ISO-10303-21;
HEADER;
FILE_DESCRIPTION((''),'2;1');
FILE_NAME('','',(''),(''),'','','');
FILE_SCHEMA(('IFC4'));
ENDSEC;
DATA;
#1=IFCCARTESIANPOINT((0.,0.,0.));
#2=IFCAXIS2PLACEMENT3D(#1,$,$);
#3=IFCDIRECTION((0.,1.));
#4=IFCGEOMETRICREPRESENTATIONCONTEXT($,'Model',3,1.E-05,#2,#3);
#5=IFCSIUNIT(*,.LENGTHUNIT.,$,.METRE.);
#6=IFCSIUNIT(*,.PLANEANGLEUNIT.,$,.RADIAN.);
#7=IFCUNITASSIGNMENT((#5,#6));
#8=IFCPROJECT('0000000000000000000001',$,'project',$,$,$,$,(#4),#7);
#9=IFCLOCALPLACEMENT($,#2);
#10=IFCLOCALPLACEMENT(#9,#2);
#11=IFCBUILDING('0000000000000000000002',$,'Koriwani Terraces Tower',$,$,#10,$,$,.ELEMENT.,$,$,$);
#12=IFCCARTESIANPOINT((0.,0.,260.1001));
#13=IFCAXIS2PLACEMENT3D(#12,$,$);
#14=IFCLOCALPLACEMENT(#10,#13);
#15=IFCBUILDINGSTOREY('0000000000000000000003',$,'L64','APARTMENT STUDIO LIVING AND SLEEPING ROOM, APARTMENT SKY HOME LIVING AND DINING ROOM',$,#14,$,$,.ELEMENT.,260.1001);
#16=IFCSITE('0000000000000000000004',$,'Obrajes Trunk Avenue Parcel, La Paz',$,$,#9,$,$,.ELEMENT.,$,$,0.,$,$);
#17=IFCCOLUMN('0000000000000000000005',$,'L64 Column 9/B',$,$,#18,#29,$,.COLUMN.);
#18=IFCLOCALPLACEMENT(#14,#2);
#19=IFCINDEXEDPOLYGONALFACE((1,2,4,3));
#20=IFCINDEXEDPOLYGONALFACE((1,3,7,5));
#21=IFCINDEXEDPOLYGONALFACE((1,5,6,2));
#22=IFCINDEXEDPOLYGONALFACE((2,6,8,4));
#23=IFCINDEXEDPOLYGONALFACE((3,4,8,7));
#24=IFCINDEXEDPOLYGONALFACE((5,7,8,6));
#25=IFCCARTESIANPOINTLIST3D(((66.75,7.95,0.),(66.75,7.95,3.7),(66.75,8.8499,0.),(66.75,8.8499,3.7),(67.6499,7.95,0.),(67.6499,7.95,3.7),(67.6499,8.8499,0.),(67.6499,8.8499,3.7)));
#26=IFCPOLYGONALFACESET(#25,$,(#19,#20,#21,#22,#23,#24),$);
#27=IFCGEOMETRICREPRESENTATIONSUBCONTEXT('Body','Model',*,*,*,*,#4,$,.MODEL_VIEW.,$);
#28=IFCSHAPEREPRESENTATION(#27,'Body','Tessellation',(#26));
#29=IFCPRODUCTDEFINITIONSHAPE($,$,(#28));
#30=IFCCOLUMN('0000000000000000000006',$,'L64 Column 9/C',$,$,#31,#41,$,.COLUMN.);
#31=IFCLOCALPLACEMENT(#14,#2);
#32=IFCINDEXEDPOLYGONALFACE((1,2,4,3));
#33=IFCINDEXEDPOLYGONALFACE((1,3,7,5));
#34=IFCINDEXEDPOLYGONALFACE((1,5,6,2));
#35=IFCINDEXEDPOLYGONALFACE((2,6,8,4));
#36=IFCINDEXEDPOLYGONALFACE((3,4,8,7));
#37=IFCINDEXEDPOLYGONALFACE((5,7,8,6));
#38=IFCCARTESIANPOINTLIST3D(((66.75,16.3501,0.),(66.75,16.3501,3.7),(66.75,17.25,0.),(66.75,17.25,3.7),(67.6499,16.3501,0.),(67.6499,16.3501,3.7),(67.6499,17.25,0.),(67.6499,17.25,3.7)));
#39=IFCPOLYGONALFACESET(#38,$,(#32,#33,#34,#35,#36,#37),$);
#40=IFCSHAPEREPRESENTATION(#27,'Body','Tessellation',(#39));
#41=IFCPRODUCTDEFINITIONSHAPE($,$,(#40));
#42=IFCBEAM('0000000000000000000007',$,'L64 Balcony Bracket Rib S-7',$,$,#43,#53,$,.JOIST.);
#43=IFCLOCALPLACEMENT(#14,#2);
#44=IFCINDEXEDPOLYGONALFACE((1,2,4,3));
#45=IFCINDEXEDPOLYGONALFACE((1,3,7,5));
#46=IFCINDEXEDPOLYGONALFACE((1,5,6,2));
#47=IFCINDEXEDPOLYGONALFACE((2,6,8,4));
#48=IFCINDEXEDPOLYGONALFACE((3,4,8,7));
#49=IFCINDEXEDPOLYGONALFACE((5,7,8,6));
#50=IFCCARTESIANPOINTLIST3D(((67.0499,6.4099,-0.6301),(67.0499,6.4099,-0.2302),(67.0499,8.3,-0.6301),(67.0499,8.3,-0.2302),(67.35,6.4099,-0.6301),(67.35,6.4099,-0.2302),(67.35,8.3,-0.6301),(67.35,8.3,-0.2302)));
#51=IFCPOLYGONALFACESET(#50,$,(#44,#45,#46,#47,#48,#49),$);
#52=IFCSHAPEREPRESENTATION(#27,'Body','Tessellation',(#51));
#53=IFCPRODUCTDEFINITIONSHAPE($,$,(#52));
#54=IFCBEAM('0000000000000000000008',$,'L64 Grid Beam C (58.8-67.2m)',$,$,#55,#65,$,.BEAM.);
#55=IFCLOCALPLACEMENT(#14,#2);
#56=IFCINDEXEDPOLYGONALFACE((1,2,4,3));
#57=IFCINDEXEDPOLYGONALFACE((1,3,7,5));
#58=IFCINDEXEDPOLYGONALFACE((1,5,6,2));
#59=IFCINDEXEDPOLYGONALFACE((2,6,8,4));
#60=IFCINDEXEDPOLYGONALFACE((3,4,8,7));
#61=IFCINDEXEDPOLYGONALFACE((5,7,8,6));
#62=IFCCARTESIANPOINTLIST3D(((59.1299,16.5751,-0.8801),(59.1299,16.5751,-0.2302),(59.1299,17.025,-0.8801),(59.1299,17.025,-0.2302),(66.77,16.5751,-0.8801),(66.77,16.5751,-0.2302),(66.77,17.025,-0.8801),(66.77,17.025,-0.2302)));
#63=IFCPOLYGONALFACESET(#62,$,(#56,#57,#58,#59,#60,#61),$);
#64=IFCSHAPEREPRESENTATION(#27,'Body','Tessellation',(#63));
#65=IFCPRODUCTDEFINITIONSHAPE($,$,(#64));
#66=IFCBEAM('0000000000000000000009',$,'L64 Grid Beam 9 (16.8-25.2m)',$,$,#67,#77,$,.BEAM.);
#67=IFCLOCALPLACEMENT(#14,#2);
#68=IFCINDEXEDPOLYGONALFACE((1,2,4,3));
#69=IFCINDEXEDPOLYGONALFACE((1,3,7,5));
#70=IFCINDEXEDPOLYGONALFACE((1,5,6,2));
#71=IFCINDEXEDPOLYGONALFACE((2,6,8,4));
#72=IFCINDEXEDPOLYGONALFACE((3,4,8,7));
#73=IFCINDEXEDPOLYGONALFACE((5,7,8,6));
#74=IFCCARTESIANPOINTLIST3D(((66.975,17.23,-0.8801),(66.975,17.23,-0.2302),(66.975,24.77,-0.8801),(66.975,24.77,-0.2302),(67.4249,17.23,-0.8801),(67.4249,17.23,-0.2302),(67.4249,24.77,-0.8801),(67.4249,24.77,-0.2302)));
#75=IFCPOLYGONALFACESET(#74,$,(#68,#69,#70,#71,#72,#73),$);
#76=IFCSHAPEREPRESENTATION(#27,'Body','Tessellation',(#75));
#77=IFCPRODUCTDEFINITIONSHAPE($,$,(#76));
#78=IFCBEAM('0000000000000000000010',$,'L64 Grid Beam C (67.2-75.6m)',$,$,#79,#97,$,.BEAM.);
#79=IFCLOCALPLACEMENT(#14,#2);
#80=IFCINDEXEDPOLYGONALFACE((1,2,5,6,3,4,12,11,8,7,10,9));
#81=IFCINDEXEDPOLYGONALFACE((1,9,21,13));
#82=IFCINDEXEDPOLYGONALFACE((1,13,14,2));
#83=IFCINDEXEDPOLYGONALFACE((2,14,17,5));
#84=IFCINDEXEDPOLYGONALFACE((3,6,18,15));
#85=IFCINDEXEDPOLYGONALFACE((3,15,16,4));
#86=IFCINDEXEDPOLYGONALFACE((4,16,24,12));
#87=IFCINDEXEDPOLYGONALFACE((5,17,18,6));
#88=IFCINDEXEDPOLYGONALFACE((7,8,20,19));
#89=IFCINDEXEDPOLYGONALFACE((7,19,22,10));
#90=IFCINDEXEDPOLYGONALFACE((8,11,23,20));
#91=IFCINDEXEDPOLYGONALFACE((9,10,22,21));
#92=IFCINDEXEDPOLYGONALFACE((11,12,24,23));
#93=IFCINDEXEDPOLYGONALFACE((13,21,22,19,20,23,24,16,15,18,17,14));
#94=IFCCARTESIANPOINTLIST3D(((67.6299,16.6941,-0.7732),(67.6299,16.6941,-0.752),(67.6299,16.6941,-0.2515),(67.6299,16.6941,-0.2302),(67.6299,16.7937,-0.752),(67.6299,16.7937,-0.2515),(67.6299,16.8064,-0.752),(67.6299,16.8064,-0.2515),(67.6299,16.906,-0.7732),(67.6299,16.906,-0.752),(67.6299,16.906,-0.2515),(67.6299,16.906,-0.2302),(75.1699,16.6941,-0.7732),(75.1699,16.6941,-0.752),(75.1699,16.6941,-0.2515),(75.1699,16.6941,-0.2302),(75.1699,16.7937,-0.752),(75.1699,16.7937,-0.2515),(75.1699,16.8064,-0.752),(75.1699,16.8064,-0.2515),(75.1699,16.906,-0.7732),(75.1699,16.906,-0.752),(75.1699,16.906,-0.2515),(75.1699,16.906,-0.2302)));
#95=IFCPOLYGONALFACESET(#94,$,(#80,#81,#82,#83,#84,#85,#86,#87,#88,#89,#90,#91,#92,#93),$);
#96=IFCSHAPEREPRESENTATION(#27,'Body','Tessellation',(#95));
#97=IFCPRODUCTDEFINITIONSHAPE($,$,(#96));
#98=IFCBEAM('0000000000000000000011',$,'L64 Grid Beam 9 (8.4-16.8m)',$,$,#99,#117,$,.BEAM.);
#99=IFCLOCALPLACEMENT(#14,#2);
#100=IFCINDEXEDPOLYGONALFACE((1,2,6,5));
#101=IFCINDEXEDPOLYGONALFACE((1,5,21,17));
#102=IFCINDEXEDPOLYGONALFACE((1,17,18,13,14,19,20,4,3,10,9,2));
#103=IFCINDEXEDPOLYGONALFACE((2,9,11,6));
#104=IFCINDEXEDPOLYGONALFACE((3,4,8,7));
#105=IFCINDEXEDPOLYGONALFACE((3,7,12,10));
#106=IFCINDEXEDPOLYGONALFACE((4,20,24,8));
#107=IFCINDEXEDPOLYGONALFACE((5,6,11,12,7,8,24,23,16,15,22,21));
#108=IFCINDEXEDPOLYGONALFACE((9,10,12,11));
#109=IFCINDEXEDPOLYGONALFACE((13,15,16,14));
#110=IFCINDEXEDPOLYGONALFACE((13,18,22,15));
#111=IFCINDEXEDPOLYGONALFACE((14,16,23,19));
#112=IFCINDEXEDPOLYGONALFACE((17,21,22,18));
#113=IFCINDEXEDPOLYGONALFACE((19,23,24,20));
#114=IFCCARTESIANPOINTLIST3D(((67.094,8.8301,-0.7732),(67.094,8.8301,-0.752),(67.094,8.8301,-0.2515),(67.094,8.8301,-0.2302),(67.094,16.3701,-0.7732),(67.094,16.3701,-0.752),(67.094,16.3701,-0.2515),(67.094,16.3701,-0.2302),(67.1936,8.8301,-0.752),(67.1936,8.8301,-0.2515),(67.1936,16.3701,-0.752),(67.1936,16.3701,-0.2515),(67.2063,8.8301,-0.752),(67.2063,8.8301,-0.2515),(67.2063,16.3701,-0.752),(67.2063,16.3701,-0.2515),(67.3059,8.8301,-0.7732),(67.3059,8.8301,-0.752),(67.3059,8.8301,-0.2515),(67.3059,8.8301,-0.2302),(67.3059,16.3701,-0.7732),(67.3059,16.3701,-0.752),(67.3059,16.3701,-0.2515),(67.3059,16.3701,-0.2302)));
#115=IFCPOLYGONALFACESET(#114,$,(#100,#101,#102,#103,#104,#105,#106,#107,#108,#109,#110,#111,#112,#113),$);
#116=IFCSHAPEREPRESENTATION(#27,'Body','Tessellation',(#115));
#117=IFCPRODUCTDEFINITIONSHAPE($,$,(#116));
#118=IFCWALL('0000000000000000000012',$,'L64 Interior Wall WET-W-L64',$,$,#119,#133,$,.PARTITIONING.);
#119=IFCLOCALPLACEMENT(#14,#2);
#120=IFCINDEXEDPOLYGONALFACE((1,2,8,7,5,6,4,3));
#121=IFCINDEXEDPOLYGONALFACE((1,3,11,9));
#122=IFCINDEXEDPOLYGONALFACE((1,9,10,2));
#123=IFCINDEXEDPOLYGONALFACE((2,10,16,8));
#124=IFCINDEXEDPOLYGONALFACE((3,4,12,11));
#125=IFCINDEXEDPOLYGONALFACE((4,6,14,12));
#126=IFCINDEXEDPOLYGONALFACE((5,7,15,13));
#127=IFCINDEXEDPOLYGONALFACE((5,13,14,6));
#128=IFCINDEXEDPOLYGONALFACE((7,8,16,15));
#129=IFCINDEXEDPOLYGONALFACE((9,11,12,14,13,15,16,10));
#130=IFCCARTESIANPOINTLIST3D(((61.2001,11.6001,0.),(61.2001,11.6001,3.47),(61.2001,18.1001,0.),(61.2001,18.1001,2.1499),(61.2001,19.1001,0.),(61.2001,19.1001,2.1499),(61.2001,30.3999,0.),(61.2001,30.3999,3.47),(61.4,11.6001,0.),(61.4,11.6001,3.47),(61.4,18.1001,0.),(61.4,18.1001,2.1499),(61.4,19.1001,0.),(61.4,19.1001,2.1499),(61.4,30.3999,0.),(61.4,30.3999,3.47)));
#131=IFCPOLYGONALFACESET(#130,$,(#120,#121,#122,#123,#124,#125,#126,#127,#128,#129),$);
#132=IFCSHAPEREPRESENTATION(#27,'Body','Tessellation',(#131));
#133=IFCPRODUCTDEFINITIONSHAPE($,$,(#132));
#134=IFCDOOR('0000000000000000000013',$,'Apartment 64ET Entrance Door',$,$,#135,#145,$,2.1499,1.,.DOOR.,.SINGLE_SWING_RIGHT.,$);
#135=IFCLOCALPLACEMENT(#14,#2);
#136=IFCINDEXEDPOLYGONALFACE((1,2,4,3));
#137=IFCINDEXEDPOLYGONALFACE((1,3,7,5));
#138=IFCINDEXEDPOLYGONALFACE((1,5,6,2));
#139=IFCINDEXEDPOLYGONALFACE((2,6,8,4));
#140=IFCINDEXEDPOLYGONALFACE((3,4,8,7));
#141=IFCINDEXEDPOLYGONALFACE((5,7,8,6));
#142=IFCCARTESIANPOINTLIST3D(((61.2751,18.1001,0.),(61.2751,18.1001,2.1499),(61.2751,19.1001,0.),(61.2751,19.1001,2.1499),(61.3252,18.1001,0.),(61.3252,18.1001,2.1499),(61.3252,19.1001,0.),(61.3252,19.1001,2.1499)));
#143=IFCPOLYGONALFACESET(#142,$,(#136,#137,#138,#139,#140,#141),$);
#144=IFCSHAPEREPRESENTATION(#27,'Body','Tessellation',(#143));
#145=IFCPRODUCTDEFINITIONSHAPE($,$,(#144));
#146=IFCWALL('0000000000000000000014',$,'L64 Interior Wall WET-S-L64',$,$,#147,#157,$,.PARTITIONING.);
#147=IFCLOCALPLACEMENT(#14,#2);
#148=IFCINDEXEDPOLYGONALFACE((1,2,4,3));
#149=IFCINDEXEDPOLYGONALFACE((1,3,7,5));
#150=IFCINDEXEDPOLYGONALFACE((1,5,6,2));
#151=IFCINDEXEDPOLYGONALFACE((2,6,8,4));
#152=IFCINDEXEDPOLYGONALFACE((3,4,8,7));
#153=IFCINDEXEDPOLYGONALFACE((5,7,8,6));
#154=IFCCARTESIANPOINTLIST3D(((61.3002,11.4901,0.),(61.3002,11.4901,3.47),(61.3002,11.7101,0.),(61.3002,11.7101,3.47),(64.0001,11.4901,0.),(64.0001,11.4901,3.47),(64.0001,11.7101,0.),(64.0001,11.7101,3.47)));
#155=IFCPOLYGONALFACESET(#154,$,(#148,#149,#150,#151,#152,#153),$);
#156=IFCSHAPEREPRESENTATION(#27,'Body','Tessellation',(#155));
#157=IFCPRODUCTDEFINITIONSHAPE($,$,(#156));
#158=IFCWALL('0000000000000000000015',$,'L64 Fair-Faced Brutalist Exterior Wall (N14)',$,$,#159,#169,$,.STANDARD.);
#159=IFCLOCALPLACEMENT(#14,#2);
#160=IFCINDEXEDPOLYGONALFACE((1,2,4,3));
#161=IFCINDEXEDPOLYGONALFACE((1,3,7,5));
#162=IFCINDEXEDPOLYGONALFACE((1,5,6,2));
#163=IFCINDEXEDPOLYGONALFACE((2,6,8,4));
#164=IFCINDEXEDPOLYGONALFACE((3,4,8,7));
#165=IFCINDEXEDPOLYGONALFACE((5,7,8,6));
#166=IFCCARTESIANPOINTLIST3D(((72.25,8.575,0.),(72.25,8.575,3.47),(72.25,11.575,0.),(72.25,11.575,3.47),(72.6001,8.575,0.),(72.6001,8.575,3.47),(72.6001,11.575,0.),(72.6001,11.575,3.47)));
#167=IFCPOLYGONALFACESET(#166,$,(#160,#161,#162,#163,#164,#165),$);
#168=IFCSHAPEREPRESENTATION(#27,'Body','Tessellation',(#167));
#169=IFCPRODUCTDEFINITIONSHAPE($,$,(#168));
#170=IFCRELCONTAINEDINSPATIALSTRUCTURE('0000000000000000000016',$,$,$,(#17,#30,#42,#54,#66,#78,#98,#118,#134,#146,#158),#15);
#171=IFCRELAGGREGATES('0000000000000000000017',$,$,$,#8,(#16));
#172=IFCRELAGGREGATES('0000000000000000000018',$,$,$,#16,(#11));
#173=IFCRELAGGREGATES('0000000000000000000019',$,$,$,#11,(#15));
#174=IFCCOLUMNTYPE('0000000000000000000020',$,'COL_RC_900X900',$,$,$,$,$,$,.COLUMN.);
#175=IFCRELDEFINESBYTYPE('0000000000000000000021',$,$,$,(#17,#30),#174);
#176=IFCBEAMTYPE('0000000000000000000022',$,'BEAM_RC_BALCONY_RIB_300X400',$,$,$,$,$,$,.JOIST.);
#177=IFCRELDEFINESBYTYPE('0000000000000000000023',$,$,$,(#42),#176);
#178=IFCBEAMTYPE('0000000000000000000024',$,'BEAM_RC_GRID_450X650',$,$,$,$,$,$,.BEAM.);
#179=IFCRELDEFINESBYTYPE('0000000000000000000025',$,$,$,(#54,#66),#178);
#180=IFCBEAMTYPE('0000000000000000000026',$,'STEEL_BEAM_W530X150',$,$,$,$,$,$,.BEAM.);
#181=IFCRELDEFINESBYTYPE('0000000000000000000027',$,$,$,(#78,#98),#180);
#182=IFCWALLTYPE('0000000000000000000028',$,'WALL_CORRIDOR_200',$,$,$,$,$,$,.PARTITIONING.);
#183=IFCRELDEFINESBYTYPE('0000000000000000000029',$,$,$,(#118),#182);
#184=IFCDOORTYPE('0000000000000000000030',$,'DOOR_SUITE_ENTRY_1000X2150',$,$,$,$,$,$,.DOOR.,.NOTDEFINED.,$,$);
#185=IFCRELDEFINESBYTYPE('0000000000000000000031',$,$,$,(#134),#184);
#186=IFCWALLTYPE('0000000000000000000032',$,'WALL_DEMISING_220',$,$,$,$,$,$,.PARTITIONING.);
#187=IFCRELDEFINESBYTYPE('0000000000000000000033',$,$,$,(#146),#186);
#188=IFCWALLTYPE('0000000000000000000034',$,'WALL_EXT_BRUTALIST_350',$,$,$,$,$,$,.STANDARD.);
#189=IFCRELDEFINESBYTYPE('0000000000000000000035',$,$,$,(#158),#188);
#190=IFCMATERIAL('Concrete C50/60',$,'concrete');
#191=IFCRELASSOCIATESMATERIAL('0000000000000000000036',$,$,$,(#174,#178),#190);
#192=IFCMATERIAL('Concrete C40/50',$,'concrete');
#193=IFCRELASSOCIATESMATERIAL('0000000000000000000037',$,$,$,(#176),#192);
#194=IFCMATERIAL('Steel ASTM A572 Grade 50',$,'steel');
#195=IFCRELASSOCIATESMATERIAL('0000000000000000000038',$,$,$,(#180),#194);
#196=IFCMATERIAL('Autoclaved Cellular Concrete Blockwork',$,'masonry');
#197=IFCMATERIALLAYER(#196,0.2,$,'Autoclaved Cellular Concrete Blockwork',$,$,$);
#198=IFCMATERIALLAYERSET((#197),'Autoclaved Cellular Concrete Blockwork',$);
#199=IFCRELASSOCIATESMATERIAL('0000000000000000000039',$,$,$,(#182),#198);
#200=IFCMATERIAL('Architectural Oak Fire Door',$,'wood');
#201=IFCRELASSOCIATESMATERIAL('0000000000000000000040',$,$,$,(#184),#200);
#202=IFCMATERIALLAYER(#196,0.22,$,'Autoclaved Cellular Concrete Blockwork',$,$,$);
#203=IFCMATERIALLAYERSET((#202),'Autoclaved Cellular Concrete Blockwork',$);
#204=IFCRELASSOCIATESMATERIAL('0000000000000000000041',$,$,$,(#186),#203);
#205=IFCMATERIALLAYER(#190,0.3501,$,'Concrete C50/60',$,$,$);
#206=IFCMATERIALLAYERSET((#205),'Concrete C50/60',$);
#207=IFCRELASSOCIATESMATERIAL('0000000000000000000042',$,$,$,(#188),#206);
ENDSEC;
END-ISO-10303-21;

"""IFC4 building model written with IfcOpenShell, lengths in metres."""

from ifc_helpers import new_model, si_unit, direction, frame, frame_2d, origin, origin_2d, place, context, subcontext, project, spatial, rectangle, i_section, extrude, material, layer, layer_set, material_profile, profile_set, type_object, element, fill, save


model = new_model("IFC4")

# Units and contexts
model_context = context("Model", 3, precision=1e-05, world=origin(), true_north=direction((0.0, 1.0)))
body_context = subcontext(model_context, "Body", "Model", "MODEL_VIEW")
ifc_project = project(units=[si_unit("LENGTHUNIT", "METRE"), si_unit("PLANEANGLEUNIT", "RADIAN")], contexts=[model_context])

# Site, building, storey
site_placement = place(None, origin())
site = spatial("IfcSite", under=ifc_project, at=site_placement, Name="Obrajes Trunk Avenue Parcel, La Paz", CompositionType="ELEMENT", RefElevation=0.0)
building_placement = place(site_placement, origin())
building = spatial("IfcBuilding", under=site, at=building_placement, Name="Koriwani Terraces Tower", CompositionType="ELEMENT")
storey_placement = place(building_placement, frame((0.0, 0.0, 260.1001)))
storey = spatial("IfcBuildingStorey", under=building, at=storey_placement, Name="L64", Description="APARTMENT STUDIO LIVING AND SLEEPING ROOM, APARTMENT SKY HOME LIVING AND DINING ROOM", CompositionType="ELEMENT", Elevation=260.1001)

# Columns
ifc_material_1 = material(Name="Concrete C50/60", Category="concrete")
ifc_material_profile_1 = material_profile(ifc_material_1, rectangle(XDim=0.8999, YDim=0.8999, at=origin_2d()), Name="Concrete C50/60", Category="LoadBearing")
ifc_profile_set_1 = profile_set([ifc_material_profile_1], Name="Concrete C50/60")
column_type = type_object("IfcColumnType", Name="COL_RC_900X900", PredefinedType="COLUMN", material=ifc_profile_set_1)
for number, where, z_axis, x_axis, name in (
    (1, (67.2, 8.3999, 0.0), (0.0, 0.0, 1.0), (1.0, 0.0, 0.0), "L64 Column 9/B"),
    (2, (67.2, 16.8, 0.0), (0.0, 0.0, 1.0), (1.0, 0.0, 0.0), "L64 Column 9/C"),
):
    element("IfcColumn", number, at=place(storey_placement, frame(where, z_axis=z_axis, x_axis=x_axis)), inside=storey, type_object=column_type, Name=name, PredefinedType="COLUMN", context=body_context, shape_type="SweptSolid", body=[
        extrude(rectangle(XDim=0.8999, YDim=0.8999, at=origin_2d()), origin(), (0.0, 0.0, 1.0), 3.7),
    ])

# Beams
ifc_material_2 = material(Name="Concrete C40/50", Category="concrete")
ifc_material_profile_2 = material_profile(ifc_material_2, rectangle(XDim=0.3, YDim=0.3999, at=origin_2d()), Name="Concrete C40/50", Category="LoadBearing")
ifc_profile_set_2 = profile_set([ifc_material_profile_2], Name="Concrete C40/50")
beam_type_1 = type_object("IfcBeamType", Name="BEAM_RC_BALCONY_RIB_300X400", PredefinedType="JOIST", material=ifc_profile_set_2)
beam_1_placement = place(storey_placement, frame((67.2, 6.4099, -0.4302), z_axis=(0.0, 1.0, 0.0), x_axis=(-1.0, 0.0, 0.0)))
element("IfcBeam", 3, at=beam_1_placement, inside=storey, type_object=beam_type_1, Name="L64 Balcony Bracket Rib S-7", PredefinedType="JOIST", context=body_context, shape_type="SweptSolid", body=[
    extrude(rectangle(XDim=0.3, YDim=0.3999, at=origin_2d()), origin(), (0.0, 0.0, 1.0), 1.8901),
])
ifc_material_profile_3 = material_profile(ifc_material_1, rectangle(XDim=0.45, YDim=0.6499, at=origin_2d()), Name="Concrete C50/60", Category="LoadBearing")
ifc_profile_set_3 = profile_set([ifc_material_profile_3], Name="Concrete C50/60")
beam_type_2 = type_object("IfcBeamType", Name="BEAM_RC_GRID_450X650", PredefinedType="BEAM", material=ifc_profile_set_3)
beam_2_placement = place(storey_placement, frame((59.1299, 16.8, -0.5552), z_axis=(1.0, 0.0, 0.0), x_axis=(0.0, 1.0, 0.0)))
element("IfcBeam", 4, at=beam_2_placement, inside=storey, type_object=beam_type_2, Name="L64 Grid Beam C (58.8-67.2m)", PredefinedType="BEAM", context=body_context, shape_type="SweptSolid", body=[
    extrude(rectangle(XDim=0.45, YDim=0.6499, at=origin_2d()), origin(), (0.0, 0.0, 1.0), 7.6401),
])
beam_3_placement = place(storey_placement, frame((67.2, 17.23, -0.5552), z_axis=(0.0, 1.0, 0.0), x_axis=(-1.0, 0.0, 0.0)))
element("IfcBeam", 5, at=beam_3_placement, inside=storey, type_object=beam_type_2, Name="L64 Grid Beam 9 (16.8-25.2m)", PredefinedType="BEAM", context=body_context, shape_type="SweptSolid", body=[
    extrude(rectangle(XDim=0.45, YDim=0.6499, at=origin_2d()), origin(), (0.0, 0.0, 1.0), 7.54),
])
ifc_material_3 = material(Name="Steel ASTM A572 Grade 50", Category="steel")
ifc_material_profile_4 = material_profile(ifc_material_3, i_section(OverallWidth=0.2119, OverallDepth=0.543, WebThickness=0.0127, FlangeThickness=0.0212, at=origin_2d()), Name="Steel ASTM A572 Grade 50", Category="LoadBearing")
ifc_profile_set_4 = profile_set([ifc_material_profile_4], Name="Steel ASTM A572 Grade 50")
beam_type_3 = type_object("IfcBeamType", Name="STEEL_BEAM_W530X150", PredefinedType="BEAM", material=ifc_profile_set_4)
for number, where, z_axis, x_axis, name in (
    (6, (67.6299, 16.8, -0.5017), (1.0, 0.0, 0.0), (0.0, 1.0, 0.0), "L64 Grid Beam C (67.2-75.6m)"),
    (7, (67.2, 8.8301, -0.5017), (0.0, 1.0, 0.0), (-1.0, 0.0, 0.0), "L64 Grid Beam 9 (8.4-16.8m)"),
):
    element("IfcBeam", number, at=place(storey_placement, frame(where, z_axis=z_axis, x_axis=x_axis)), inside=storey, type_object=beam_type_3, Name=name, PredefinedType="BEAM", context=body_context, shape_type="SweptSolid", body=[
        extrude(i_section(OverallWidth=0.2119, OverallDepth=0.543, WebThickness=0.0127, FlangeThickness=0.0212, at=origin_2d()), origin(), (0.0, 0.0, 1.0), 7.54),
    ])

# Wall, opening, door
ifc_material_4 = material(Name="Autoclaved Cellular Concrete Blockwork", Category="masonry")
ifc_layer_1 = layer(ifc_material_4, 0.2, Name="Autoclaved Cellular Concrete Blockwork")
ifc_layer_set_1 = layer_set([ifc_layer_1], Name="Autoclaved Cellular Concrete Blockwork")
wall_type_1 = type_object("IfcWallType", Name="WALL_CORRIDOR_200", PredefinedType="PARTITIONING", material=ifc_layer_set_1)
wall_1_placement = place(storey_placement, frame((61.3, 11.6001, 0.0), z_axis=(0.0, 0.0, 1.0), x_axis=(0.0, 1.0, 0.0)))
wall_1 = element("IfcWall", 8, at=wall_1_placement, inside=storey, type_object=wall_type_1, Name="L64 Interior Wall WET-W-L64", PredefinedType="PARTITIONING", context=body_context, shape_type="SweptSolid", body=[
    extrude(rectangle(XDim=18.7998, YDim=0.2, at=frame_2d((9.3999, 0.0))), origin(), (0.0, 0.0, 1.0), 3.47),
])
opening_1_placement = place(wall_1_placement, frame((6.5, 0.0, 0.0)))
opening_1 = element("IfcOpeningElement", 9, at=opening_1_placement, cuts=wall_1, PredefinedType="OPENING", context=body_context, shape_type="SweptSolid", body=[
    extrude(rectangle(XDim=1.0, YDim=2.1499, at=frame_2d((0.5, 1.075))), frame((0.0, 0.1099, 0.0), z_axis=(0.0, -1.0, 0.0), x_axis=(1.0, 0.0, 0.0)), (0.0, 0.0, 1.0), 0.22),
])
ifc_material_5 = material(Name="Architectural Oak Fire Door", Category="wood")
door_type_1 = type_object("IfcDoorType", Name="DOOR_SUITE_ENTRY_1000X2150", OperationType="NOTDEFINED", PredefinedType="DOOR", material=ifc_material_5)
door_1_placement = place(opening_1_placement, origin())
door_1 = element("IfcDoor", 10, at=door_1_placement, inside=storey, type_object=door_type_1, Name="Apartment 64ET Entrance Door", OperationType="SINGLE_SWING_RIGHT", OverallHeight=2.1499, OverallWidth=1.0, PredefinedType="DOOR", context=body_context, shape_type="SweptSolid", body=[
    extrude(rectangle(XDim=1.0, YDim=2.1499, at=frame_2d((0.5, 1.075))), frame((0.0, 0.0249, 0.0), z_axis=(0.0, -1.0, 0.0), x_axis=(1.0, 0.0, 0.0)), (0.0, 0.0, 1.0), 0.05),
])
fill(opening_1, door_1)

# Walls
ifc_layer_2 = layer(ifc_material_4, 0.22, Name="Autoclaved Cellular Concrete Blockwork")
ifc_layer_set_2 = layer_set([ifc_layer_2], Name="Autoclaved Cellular Concrete Blockwork")
wall_type_2 = type_object("IfcWallType", Name="WALL_DEMISING_220", PredefinedType="PARTITIONING", material=ifc_layer_set_2)
wall_2_placement = place(storey_placement, frame((61.3, 11.6001, 0.0), z_axis=(0.0, 0.0, 1.0), x_axis=(1.0, 0.0, 0.0)))
element("IfcWall", 11, at=wall_2_placement, inside=storey, type_object=wall_type_2, Name="L64 Interior Wall WET-S-L64", PredefinedType="PARTITIONING", context=body_context, shape_type="SweptSolid", body=[
    extrude(rectangle(XDim=2.7, YDim=0.22, at=frame_2d((1.3501, 0.0))), origin(), (0.0, 0.0, 1.0), 3.47),
])
ifc_layer_3 = layer(ifc_material_1, 0.3501, Name="Concrete C50/60")
ifc_layer_set_3 = layer_set([ifc_layer_3], Name="Concrete C50/60")
wall_type_3 = type_object("IfcWallType", Name="WALL_EXT_BRUTALIST_350", PredefinedType="STANDARD", material=ifc_layer_set_3)
wall_3_placement = place(storey_placement, frame((72.425, 11.575, 0.0), z_axis=(0.0, 0.0, 1.0), x_axis=(0.0, -1.0, 0.0)))
element("IfcWall", 12, at=wall_3_placement, inside=storey, type_object=wall_type_3, Name="L64 Fair-Faced Brutalist Exterior Wall (N14)", PredefinedType="STANDARD", context=body_context, shape_type="SweptSolid", body=[
    extrude(rectangle(XDim=3.0, YDim=0.3501, at=frame_2d((1.5, 0.0))), origin(), (0.0, 0.0, 1.0), 3.47),
])

save(model, "model.ifc")
